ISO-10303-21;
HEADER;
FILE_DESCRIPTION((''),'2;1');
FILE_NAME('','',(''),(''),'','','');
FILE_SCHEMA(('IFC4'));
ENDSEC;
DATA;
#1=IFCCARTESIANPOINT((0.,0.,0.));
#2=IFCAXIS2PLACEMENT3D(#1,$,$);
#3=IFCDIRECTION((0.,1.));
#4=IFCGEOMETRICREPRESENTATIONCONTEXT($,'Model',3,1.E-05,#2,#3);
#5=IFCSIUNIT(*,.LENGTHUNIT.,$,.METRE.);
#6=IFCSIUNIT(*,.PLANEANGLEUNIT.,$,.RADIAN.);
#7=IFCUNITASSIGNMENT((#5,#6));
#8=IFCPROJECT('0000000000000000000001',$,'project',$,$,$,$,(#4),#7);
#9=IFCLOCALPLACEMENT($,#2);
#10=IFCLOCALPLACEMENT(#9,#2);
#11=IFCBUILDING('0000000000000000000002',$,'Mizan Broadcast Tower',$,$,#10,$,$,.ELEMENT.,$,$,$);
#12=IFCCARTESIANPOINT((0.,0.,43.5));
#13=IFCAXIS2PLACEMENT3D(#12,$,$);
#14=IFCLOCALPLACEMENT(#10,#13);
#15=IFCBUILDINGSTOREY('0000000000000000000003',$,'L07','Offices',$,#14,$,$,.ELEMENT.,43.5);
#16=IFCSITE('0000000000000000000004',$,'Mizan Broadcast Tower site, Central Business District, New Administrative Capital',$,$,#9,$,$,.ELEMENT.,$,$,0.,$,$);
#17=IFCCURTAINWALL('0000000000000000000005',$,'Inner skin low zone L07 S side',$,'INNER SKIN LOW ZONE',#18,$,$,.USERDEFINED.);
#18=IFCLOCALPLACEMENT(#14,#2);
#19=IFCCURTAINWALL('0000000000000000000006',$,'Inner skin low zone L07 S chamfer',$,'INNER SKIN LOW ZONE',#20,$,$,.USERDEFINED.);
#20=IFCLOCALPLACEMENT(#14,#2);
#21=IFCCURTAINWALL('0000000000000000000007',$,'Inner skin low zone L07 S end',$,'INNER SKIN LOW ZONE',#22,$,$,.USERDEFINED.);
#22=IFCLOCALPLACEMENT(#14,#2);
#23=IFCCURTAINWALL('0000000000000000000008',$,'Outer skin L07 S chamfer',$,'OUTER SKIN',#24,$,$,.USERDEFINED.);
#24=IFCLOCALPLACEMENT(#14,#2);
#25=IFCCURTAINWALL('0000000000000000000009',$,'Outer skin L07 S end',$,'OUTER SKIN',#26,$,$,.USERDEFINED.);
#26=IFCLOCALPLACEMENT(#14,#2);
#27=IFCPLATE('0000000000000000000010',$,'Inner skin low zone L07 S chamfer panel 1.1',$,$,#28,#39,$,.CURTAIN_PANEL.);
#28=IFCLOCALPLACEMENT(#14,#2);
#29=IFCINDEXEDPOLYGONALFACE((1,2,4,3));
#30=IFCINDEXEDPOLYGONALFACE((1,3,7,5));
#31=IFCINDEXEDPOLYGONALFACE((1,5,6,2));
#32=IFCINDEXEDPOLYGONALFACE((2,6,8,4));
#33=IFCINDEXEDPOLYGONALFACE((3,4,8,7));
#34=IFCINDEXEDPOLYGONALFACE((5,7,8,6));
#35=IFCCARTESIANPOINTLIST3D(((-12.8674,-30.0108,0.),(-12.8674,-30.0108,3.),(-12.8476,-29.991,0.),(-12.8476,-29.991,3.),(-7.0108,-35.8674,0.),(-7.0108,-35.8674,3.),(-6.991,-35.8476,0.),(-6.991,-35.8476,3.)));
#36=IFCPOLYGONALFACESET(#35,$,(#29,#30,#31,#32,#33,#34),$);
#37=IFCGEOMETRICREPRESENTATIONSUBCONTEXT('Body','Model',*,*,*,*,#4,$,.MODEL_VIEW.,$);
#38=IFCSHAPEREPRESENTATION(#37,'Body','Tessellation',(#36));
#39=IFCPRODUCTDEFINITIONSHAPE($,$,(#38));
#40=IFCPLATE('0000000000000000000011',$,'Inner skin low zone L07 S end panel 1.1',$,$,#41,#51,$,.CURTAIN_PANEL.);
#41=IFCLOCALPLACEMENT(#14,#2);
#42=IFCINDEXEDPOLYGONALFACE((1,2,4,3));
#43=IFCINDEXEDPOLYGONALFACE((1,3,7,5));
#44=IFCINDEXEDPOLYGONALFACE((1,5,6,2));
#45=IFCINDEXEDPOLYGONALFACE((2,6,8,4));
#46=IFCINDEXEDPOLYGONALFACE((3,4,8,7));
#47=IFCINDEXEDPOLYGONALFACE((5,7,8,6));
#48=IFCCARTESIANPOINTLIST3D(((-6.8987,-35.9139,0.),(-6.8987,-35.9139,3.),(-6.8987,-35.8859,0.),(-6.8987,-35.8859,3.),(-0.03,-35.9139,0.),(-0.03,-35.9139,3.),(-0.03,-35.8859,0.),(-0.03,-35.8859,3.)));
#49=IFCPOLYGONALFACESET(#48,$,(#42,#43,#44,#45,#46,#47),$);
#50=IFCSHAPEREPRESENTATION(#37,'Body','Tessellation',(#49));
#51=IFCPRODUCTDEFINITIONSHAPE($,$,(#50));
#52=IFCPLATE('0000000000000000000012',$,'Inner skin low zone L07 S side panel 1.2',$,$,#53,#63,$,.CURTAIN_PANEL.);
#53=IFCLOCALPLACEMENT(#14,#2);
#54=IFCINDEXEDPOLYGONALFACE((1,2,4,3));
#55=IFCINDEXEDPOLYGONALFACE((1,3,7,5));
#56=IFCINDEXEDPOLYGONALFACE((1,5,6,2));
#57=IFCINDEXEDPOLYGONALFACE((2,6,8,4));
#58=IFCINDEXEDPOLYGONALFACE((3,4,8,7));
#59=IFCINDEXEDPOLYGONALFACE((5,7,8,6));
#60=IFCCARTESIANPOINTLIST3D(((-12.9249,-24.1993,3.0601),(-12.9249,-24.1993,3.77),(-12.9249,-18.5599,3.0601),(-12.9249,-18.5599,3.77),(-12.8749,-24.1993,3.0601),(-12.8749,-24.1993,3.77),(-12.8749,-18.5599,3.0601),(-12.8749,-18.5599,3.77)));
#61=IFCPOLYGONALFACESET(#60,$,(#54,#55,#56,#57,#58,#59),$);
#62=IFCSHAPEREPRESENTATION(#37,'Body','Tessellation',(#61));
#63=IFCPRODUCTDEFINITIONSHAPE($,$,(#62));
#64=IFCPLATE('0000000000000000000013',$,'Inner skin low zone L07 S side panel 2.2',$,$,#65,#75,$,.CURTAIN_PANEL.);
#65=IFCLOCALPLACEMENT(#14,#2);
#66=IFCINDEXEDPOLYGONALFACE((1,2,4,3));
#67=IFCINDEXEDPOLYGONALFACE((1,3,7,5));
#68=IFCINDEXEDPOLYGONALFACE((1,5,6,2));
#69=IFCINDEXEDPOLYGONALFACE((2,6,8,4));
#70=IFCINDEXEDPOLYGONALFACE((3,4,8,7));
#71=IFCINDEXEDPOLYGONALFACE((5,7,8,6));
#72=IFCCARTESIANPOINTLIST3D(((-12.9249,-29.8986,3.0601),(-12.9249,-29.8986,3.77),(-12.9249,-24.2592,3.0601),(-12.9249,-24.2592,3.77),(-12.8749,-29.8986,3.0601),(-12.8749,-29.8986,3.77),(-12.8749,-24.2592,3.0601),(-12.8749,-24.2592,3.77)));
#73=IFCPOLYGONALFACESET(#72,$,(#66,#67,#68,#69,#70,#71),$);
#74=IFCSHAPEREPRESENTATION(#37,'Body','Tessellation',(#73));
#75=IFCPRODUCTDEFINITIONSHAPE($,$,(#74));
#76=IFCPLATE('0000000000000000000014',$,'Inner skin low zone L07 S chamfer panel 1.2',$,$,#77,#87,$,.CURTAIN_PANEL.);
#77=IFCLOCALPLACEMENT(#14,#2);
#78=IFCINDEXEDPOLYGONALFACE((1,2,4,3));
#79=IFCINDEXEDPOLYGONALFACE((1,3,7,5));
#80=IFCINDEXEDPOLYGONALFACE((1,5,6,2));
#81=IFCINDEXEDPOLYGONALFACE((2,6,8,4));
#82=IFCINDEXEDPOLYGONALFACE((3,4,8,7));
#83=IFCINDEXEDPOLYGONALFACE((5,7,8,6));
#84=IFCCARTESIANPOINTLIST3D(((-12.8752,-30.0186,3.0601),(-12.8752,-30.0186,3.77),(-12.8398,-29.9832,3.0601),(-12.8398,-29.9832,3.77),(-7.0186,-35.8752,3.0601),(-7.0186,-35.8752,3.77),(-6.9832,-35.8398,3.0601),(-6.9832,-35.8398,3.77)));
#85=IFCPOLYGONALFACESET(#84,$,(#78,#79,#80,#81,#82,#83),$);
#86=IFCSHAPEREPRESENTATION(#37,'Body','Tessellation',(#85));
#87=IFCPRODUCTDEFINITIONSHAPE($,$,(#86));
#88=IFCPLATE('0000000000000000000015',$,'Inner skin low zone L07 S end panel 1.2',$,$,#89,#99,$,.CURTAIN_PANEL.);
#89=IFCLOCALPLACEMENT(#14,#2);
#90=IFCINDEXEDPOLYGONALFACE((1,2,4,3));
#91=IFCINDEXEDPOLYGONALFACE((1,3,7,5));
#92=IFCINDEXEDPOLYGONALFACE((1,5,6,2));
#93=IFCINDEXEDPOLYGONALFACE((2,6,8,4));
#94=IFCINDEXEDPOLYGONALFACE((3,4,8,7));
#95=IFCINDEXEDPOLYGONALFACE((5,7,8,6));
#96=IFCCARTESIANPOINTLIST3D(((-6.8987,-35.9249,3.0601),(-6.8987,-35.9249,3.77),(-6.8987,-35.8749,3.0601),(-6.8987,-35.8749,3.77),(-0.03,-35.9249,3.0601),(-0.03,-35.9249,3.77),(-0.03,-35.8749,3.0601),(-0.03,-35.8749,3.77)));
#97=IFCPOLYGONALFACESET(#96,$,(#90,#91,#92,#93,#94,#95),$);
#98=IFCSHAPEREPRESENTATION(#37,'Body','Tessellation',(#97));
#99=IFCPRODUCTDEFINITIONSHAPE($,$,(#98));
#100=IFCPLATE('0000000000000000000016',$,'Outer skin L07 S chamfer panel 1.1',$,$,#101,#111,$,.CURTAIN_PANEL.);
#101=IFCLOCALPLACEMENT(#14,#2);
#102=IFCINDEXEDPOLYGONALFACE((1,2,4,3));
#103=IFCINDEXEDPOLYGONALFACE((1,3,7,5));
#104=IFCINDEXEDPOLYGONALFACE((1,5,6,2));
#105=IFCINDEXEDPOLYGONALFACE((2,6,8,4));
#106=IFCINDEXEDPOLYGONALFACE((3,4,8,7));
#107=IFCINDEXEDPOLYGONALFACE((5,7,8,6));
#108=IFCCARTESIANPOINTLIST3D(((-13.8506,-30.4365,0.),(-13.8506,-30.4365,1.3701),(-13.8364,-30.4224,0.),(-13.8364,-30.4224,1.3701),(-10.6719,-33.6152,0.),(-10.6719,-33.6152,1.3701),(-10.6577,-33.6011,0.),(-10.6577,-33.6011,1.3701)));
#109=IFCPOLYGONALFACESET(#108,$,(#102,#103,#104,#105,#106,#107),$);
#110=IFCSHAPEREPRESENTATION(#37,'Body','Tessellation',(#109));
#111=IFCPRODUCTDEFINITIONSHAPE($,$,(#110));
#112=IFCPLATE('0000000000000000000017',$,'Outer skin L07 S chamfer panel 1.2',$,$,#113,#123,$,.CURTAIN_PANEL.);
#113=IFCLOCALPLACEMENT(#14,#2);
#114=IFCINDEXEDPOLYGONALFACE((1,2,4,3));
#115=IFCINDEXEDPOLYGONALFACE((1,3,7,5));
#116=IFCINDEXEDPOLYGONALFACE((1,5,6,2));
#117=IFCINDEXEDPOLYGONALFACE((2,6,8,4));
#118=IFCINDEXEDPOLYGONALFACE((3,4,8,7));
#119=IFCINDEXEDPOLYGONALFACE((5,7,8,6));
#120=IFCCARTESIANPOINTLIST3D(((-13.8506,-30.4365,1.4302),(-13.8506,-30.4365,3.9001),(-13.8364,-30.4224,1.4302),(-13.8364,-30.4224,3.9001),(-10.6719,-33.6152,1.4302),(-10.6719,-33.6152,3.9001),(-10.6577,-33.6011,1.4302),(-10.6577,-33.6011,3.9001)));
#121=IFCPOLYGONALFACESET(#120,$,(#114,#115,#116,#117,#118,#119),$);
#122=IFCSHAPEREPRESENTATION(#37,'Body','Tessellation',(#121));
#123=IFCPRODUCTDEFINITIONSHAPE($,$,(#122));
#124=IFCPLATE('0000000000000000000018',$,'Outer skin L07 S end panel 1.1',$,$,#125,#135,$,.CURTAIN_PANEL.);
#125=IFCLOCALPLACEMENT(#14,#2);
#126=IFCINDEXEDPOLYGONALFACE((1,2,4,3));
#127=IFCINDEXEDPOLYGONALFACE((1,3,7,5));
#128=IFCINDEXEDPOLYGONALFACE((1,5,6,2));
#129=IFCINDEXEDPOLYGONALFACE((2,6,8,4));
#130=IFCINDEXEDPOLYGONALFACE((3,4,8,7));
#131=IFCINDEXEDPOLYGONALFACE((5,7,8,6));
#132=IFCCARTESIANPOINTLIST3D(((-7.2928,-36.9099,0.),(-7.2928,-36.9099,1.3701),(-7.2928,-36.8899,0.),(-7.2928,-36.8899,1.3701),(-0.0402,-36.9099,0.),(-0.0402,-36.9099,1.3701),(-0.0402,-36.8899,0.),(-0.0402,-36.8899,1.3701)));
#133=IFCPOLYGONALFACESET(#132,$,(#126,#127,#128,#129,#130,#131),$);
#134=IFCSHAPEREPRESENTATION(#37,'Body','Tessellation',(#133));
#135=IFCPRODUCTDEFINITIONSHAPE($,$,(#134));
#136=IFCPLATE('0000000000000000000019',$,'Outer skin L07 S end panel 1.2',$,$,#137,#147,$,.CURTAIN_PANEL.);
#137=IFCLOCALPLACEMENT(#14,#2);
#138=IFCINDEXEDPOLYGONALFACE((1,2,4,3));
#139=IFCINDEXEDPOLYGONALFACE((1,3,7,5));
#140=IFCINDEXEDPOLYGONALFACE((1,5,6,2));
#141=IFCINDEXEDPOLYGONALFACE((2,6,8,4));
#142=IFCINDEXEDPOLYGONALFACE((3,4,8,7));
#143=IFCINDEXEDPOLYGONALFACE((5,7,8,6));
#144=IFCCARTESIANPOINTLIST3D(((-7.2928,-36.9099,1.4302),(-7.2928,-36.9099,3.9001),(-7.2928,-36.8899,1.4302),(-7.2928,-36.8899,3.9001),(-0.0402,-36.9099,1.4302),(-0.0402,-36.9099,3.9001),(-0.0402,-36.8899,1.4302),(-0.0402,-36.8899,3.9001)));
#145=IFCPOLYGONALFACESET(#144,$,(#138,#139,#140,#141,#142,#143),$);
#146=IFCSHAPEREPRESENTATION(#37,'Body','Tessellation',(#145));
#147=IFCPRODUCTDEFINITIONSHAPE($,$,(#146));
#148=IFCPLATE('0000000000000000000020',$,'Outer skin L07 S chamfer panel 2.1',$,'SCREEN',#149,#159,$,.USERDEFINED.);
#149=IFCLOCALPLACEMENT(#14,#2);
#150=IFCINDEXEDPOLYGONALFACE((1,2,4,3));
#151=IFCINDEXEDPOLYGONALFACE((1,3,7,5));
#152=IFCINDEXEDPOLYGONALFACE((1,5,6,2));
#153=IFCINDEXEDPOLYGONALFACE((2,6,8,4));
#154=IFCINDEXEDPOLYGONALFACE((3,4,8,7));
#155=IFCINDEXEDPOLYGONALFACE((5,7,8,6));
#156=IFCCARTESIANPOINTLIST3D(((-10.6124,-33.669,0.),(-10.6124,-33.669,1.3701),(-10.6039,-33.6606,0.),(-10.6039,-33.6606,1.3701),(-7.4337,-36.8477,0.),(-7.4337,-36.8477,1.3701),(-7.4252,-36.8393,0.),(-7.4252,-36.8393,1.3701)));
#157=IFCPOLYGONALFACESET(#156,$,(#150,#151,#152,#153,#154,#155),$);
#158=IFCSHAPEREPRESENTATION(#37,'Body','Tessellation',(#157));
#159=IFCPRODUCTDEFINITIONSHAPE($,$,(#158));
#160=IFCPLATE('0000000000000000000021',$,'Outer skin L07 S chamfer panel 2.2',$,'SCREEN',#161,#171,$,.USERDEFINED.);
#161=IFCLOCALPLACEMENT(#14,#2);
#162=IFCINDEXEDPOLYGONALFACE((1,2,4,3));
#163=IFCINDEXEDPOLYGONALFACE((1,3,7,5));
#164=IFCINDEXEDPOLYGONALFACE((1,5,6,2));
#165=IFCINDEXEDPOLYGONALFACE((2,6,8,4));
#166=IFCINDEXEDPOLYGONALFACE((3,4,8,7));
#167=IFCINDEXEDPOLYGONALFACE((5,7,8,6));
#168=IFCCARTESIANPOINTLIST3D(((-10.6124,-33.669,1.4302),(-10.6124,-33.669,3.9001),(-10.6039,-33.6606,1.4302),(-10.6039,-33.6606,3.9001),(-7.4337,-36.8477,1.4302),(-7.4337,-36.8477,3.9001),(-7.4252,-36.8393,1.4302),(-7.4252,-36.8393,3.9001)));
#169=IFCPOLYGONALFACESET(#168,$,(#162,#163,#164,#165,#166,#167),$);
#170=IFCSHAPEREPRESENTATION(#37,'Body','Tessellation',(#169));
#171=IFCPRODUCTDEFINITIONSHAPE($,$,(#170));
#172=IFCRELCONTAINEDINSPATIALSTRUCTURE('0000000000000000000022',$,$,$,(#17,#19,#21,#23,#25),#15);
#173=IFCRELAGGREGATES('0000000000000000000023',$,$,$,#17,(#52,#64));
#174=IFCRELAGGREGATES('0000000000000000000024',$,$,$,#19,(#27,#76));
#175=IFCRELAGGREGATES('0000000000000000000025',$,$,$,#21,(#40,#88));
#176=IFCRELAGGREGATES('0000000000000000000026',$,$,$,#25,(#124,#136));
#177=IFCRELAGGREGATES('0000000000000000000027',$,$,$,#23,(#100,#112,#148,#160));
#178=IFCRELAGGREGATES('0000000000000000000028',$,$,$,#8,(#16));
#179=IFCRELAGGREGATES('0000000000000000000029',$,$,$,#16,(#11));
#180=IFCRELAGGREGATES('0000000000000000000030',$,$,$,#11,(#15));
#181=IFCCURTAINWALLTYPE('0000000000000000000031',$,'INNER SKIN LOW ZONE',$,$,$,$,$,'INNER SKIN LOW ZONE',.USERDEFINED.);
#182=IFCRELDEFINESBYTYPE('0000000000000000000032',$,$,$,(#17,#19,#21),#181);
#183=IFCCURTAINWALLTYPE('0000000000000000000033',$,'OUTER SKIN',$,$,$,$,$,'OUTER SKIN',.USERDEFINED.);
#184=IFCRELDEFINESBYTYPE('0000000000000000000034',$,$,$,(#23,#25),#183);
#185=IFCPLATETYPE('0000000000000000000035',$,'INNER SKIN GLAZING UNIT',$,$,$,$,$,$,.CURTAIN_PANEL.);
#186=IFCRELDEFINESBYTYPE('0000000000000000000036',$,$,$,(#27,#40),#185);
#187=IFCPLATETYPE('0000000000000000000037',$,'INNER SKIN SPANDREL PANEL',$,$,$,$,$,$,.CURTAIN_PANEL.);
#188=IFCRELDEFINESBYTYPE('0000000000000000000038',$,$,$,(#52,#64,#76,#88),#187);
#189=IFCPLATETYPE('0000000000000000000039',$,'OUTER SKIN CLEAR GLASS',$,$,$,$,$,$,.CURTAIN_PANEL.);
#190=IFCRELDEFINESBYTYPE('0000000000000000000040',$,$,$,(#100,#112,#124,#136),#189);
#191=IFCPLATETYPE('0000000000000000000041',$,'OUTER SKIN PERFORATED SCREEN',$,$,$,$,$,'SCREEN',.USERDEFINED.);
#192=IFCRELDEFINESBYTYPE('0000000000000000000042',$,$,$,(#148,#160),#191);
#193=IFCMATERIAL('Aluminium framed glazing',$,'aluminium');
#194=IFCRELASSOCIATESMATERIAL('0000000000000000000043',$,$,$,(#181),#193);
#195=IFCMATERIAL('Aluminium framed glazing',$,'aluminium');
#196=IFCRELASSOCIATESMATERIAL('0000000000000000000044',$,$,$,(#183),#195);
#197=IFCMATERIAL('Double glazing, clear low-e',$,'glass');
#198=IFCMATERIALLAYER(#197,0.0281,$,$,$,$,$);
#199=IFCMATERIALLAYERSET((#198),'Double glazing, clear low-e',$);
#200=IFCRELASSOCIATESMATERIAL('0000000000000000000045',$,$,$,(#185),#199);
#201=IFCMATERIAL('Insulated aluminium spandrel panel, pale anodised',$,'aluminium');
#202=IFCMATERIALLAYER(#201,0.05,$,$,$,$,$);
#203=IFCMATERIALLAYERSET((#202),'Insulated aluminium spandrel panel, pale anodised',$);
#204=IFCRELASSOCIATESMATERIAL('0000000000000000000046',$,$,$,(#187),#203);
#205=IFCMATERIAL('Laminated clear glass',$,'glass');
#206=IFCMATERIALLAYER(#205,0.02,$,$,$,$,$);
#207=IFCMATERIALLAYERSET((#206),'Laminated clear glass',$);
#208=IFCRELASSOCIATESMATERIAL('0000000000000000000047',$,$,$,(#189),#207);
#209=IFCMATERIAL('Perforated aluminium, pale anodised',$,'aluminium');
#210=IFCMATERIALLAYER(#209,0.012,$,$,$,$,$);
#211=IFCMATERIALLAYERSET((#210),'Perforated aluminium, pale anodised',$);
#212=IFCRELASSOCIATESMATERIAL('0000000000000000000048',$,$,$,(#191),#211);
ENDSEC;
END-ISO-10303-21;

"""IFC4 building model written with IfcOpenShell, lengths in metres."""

from ifc_helpers import new_model, si_unit, direction, frame, origin, origin_2d, place, context, subcontext, project, spatial, rectangle, extrude, material, layer, layer_set, type_object, element, aggregate, save


model = new_model("IFC4")

# Units and contexts
model_context = context("Model", 3, precision=1e-05, world=origin(), true_north=direction((0.0, 1.0)))
body_context = subcontext(model_context, "Body", "Model", "MODEL_VIEW")
ifc_project = project(units=[si_unit("LENGTHUNIT", "METRE"), si_unit("PLANEANGLEUNIT", "RADIAN")], contexts=[model_context])

# Site, building, storey
site_placement = place(None, origin())
site = spatial("IfcSite", under=ifc_project, at=site_placement, Name="Mizan Broadcast Tower site, Central Business District, New Administrative Capital", CompositionType="ELEMENT", RefElevation=0.0)
building_placement = place(site_placement, origin())
building = spatial("IfcBuilding", under=site, at=building_placement, Name="Mizan Broadcast Tower", CompositionType="ELEMENT")
storey_placement = place(building_placement, frame((0.0, 0.0, 43.5)))
storey = spatial("IfcBuildingStorey", under=building, at=storey_placement, Name="L07", Description="Offices", CompositionType="ELEMENT", Elevation=43.5)

# Curtain wall
ifc_material_1 = material(Name="Aluminium framed glazing", Category="aluminium")
curtain_wall_type_1 = type_object("IfcCurtainWallType", Name="INNER SKIN LOW ZONE", ElementType="INNER SKIN LOW ZONE", PredefinedType="USERDEFINED", material=ifc_material_1)
curtain_wall_1_placement = place(storey_placement, origin())
curtain_wall_1 = element("IfcCurtainWall", 1, at=curtain_wall_1_placement, inside=storey, type_object=curtain_wall_type_1, Name="Inner skin low zone L07 S side", ObjectType="INNER SKIN LOW ZONE", PredefinedType="USERDEFINED")

# Curtain wall
curtain_wall_2_placement = place(storey_placement, origin())
curtain_wall_2 = element("IfcCurtainWall", 2, at=curtain_wall_2_placement, inside=storey, type_object=curtain_wall_type_1, Name="Inner skin low zone L07 S chamfer", ObjectType="INNER SKIN LOW ZONE", PredefinedType="USERDEFINED")

# Curtain wall
curtain_wall_3_placement = place(storey_placement, origin())
curtain_wall_3 = element("IfcCurtainWall", 3, at=curtain_wall_3_placement, inside=storey, type_object=curtain_wall_type_1, Name="Inner skin low zone L07 S end", ObjectType="INNER SKIN LOW ZONE", PredefinedType="USERDEFINED")

# Curtain wall
ifc_material_2 = material(Name="Aluminium framed glazing", Category="aluminium")
curtain_wall_type_2 = type_object("IfcCurtainWallType", Name="OUTER SKIN", ElementType="OUTER SKIN", PredefinedType="USERDEFINED", material=ifc_material_2)
curtain_wall_4_placement = place(storey_placement, origin())
curtain_wall_4 = element("IfcCurtainWall", 4, at=curtain_wall_4_placement, inside=storey, type_object=curtain_wall_type_2, Name="Outer skin L07 S chamfer", ObjectType="OUTER SKIN", PredefinedType="USERDEFINED")

# Curtain wall
curtain_wall_5_placement = place(storey_placement, origin())
curtain_wall_5 = element("IfcCurtainWall", 5, at=curtain_wall_5_placement, inside=storey, type_object=curtain_wall_type_2, Name="Outer skin L07 S end", ObjectType="OUTER SKIN", PredefinedType="USERDEFINED")

# Plates
ifc_material_3 = material(Name="Double glazing, clear low-e", Category="glass")
ifc_layer_1 = layer(ifc_material_3, 0.0281)
ifc_layer_set_1 = layer_set([ifc_layer_1], Name="Double glazing, clear low-e")
plate_type_1 = type_object("IfcPlateType", Name="INNER SKIN GLAZING UNIT", PredefinedType="CURTAIN_PANEL", material=ifc_layer_set_1)
plate_1_placement = place(storey_placement, frame((-9.9292, -32.9292, 0.0), z_axis=(0.0, 0.0, 1.0), x_axis=(0.707107, -0.707107, 0.0)))
plate_1 = element("IfcPlate", 6, at=plate_1_placement, type_object=plate_type_1, Name="Inner skin low zone L07 S chamfer panel 1.1", PredefinedType="CURTAIN_PANEL", context=body_context, shape_type="SweptSolid", body=[
    extrude(rectangle(XDim=8.2825, YDim=0.0281, at=origin_2d()), origin(), (0.0, 0.0, 1.0), 3.0),
])
plate_2_placement = place(storey_placement, frame((-3.4644, -35.8999, 0.0), z_axis=(0.0, 0.0, 1.0), x_axis=(1.0, 0.0, 0.0)))
plate_2 = element("IfcPlate", 7, at=plate_2_placement, type_object=plate_type_1, Name="Inner skin low zone L07 S end panel 1.1", PredefinedType="CURTAIN_PANEL", context=body_context, shape_type="SweptSolid", body=[
    extrude(rectangle(XDim=6.8687, YDim=0.0281, at=origin_2d()), origin(), (0.0, 0.0, 1.0), 3.0),
])
ifc_material_4 = material(Name="Insulated aluminium spandrel panel, pale anodised", Category="aluminium")
ifc_layer_2 = layer(ifc_material_4, 0.05)
ifc_layer_set_2 = layer_set([ifc_layer_2], Name="Insulated aluminium spandrel panel, pale anodised")
plate_type_2 = type_object("IfcPlateType", Name="INNER SKIN SPANDREL PANEL", PredefinedType="CURTAIN_PANEL", material=ifc_layer_set_2)
plate_3_placement = place(storey_placement, frame((-12.8999, -21.3796, 3.0601), z_axis=(0.0, 0.0, 1.0), x_axis=(0.0, -1.0, 0.0)))
plate_3 = element("IfcPlate", 8, at=plate_3_placement, type_object=plate_type_2, Name="Inner skin low zone L07 S side panel 1.2", PredefinedType="CURTAIN_PANEL", context=body_context, shape_type="SweptSolid", body=[
    extrude(rectangle(XDim=5.6394, YDim=0.05, at=origin_2d()), origin(), (0.0, 0.0, 1.0), 0.71),
])
plate_4_placement = place(storey_placement, frame((-12.8999, -27.0789, 3.0601), z_axis=(0.0, 0.0, 1.0), x_axis=(0.0, -1.0, 0.0)))
plate_4 = element("IfcPlate", 9, at=plate_4_placement, type_object=plate_type_2, Name="Inner skin low zone L07 S side panel 2.2", PredefinedType="CURTAIN_PANEL", context=body_context, shape_type="SweptSolid", body=[
    extrude(rectangle(XDim=5.6394, YDim=0.05, at=origin_2d()), origin(), (0.0, 0.0, 1.0), 0.71),
])
aggregate(curtain_wall_1, [plate_3, plate_4])
plate_5_placement = place(storey_placement, frame((-9.9292, -32.9292, 3.0601), z_axis=(0.0, 0.0, 1.0), x_axis=(0.707107, -0.707107, 0.0)))
plate_5 = element("IfcPlate", 10, at=plate_5_placement, type_object=plate_type_2, Name="Inner skin low zone L07 S chamfer panel 1.2", PredefinedType="CURTAIN_PANEL", context=body_context, shape_type="SweptSolid", body=[
    extrude(rectangle(XDim=8.2825, YDim=0.05, at=origin_2d()), origin(), (0.0, 0.0, 1.0), 0.71),
])
aggregate(curtain_wall_2, [plate_1, plate_5])
plate_6_placement = place(storey_placement, frame((-3.4644, -35.8999, 3.0601), z_axis=(0.0, 0.0, 1.0), x_axis=(1.0, 0.0, 0.0)))
plate_6 = element("IfcPlate", 11, at=plate_6_placement, type_object=plate_type_2, Name="Inner skin low zone L07 S end panel 1.2", PredefinedType="CURTAIN_PANEL", context=body_context, shape_type="SweptSolid", body=[
    extrude(rectangle(XDim=6.8687, YDim=0.05, at=origin_2d()), origin(), (0.0, 0.0, 1.0), 0.71),
])
aggregate(curtain_wall_3, [plate_2, plate_6])
ifc_material_5 = material(Name="Laminated clear glass", Category="glass")
ifc_layer_3 = layer(ifc_material_5, 0.02)
ifc_layer_set_3 = layer_set([ifc_layer_3], Name="Laminated clear glass")
plate_type_3 = type_object("IfcPlateType", Name="OUTER SKIN CLEAR GLASS", PredefinedType="CURTAIN_PANEL", material=ifc_layer_set_3)
plate_7_placement = place(storey_placement, frame((-12.2542, -32.0188, 0.0), z_axis=(0.0, 0.0, 1.0), x_axis=(0.707107, -0.707107, 0.0)))
plate_7 = element("IfcPlate", 12, at=plate_7_placement, type_object=plate_type_3, Name="Outer skin L07 S chamfer panel 1.1", PredefinedType="CURTAIN_PANEL", context=body_context, shape_type="SweptSolid", body=[
    extrude(rectangle(XDim=4.4954, YDim=0.02, at=origin_2d()), origin(), (0.0, 0.0, 1.0), 1.3701),
])
plate_8_placement = place(storey_placement, frame((-12.2542, -32.0188, 1.4302), z_axis=(0.0, 0.0, 1.0), x_axis=(0.707107, -0.707107, 0.0)))
plate_8 = element("IfcPlate", 13, at=plate_8_placement, type_object=plate_type_3, Name="Outer skin L07 S chamfer panel 1.2", PredefinedType="CURTAIN_PANEL", context=body_context, shape_type="SweptSolid", body=[
    extrude(rectangle(XDim=4.4954, YDim=0.02, at=origin_2d()), origin(), (0.0, 0.0, 1.0), 2.47),
])
plate_9_placement = place(storey_placement, frame((-3.6665, -36.8999, 0.0), z_axis=(0.0, 0.0, 1.0), x_axis=(1.0, 0.0, 0.0)))
plate_9 = element("IfcPlate", 14, at=plate_9_placement, type_object=plate_type_3, Name="Outer skin L07 S end panel 1.1", PredefinedType="CURTAIN_PANEL", context=body_context, shape_type="SweptSolid", body=[
    extrude(rectangle(XDim=7.2527, YDim=0.02, at=origin_2d()), origin(), (0.0, 0.0, 1.0), 1.3701),
])
plate_10_placement = place(storey_placement, frame((-3.6665, -36.8999, 1.4302), z_axis=(0.0, 0.0, 1.0), x_axis=(1.0, 0.0, 0.0)))
plate_10 = element("IfcPlate", 15, at=plate_10_placement, type_object=plate_type_3, Name="Outer skin L07 S end panel 1.2", PredefinedType="CURTAIN_PANEL", context=body_context, shape_type="SweptSolid", body=[
    extrude(rectangle(XDim=7.2527, YDim=0.02, at=origin_2d()), origin(), (0.0, 0.0, 1.0), 2.47),
])
aggregate(curtain_wall_5, [plate_9, plate_10])
ifc_material_6 = material(Name="Perforated aluminium, pale anodised", Category="aluminium")
ifc_layer_4 = layer(ifc_material_6, 0.012)
ifc_layer_set_4 = layer_set([ifc_layer_4], Name="Perforated aluminium, pale anodised")
plate_type_4 = type_object("IfcPlateType", Name="OUTER SKIN PERFORATED SCREEN", ElementType="SCREEN", PredefinedType="USERDEFINED", material=ifc_layer_set_4)
plate_11_placement = place(storey_placement, frame((-9.0188, -35.2542, 0.0), z_axis=(0.0, 0.0, 1.0), x_axis=(0.707107, -0.707107, 0.0)))
plate_11 = element("IfcPlate", 16, at=plate_11_placement, type_object=plate_type_4, Name="Outer skin L07 S chamfer panel 2.1", ObjectType="SCREEN", PredefinedType="USERDEFINED", context=body_context, shape_type="SweptSolid", body=[
    extrude(rectangle(XDim=4.4954, YDim=0.012, at=origin_2d()), origin(), (0.0, 0.0, 1.0), 1.3701),
])
plate_12_placement = place(storey_placement, frame((-9.0188, -35.2542, 1.4302), z_axis=(0.0, 0.0, 1.0), x_axis=(0.707107, -0.707107, 0.0)))
plate_12 = element("IfcPlate", 17, at=plate_12_placement, type_object=plate_type_4, Name="Outer skin L07 S chamfer panel 2.2", ObjectType="SCREEN", PredefinedType="USERDEFINED", context=body_context, shape_type="SweptSolid", body=[
    extrude(rectangle(XDim=4.4954, YDim=0.012, at=origin_2d()), origin(), (0.0, 0.0, 1.0), 2.47),
])
aggregate(curtain_wall_4, [plate_7, plate_8, plate_11, plate_12])

save(model, "model.ifc")
